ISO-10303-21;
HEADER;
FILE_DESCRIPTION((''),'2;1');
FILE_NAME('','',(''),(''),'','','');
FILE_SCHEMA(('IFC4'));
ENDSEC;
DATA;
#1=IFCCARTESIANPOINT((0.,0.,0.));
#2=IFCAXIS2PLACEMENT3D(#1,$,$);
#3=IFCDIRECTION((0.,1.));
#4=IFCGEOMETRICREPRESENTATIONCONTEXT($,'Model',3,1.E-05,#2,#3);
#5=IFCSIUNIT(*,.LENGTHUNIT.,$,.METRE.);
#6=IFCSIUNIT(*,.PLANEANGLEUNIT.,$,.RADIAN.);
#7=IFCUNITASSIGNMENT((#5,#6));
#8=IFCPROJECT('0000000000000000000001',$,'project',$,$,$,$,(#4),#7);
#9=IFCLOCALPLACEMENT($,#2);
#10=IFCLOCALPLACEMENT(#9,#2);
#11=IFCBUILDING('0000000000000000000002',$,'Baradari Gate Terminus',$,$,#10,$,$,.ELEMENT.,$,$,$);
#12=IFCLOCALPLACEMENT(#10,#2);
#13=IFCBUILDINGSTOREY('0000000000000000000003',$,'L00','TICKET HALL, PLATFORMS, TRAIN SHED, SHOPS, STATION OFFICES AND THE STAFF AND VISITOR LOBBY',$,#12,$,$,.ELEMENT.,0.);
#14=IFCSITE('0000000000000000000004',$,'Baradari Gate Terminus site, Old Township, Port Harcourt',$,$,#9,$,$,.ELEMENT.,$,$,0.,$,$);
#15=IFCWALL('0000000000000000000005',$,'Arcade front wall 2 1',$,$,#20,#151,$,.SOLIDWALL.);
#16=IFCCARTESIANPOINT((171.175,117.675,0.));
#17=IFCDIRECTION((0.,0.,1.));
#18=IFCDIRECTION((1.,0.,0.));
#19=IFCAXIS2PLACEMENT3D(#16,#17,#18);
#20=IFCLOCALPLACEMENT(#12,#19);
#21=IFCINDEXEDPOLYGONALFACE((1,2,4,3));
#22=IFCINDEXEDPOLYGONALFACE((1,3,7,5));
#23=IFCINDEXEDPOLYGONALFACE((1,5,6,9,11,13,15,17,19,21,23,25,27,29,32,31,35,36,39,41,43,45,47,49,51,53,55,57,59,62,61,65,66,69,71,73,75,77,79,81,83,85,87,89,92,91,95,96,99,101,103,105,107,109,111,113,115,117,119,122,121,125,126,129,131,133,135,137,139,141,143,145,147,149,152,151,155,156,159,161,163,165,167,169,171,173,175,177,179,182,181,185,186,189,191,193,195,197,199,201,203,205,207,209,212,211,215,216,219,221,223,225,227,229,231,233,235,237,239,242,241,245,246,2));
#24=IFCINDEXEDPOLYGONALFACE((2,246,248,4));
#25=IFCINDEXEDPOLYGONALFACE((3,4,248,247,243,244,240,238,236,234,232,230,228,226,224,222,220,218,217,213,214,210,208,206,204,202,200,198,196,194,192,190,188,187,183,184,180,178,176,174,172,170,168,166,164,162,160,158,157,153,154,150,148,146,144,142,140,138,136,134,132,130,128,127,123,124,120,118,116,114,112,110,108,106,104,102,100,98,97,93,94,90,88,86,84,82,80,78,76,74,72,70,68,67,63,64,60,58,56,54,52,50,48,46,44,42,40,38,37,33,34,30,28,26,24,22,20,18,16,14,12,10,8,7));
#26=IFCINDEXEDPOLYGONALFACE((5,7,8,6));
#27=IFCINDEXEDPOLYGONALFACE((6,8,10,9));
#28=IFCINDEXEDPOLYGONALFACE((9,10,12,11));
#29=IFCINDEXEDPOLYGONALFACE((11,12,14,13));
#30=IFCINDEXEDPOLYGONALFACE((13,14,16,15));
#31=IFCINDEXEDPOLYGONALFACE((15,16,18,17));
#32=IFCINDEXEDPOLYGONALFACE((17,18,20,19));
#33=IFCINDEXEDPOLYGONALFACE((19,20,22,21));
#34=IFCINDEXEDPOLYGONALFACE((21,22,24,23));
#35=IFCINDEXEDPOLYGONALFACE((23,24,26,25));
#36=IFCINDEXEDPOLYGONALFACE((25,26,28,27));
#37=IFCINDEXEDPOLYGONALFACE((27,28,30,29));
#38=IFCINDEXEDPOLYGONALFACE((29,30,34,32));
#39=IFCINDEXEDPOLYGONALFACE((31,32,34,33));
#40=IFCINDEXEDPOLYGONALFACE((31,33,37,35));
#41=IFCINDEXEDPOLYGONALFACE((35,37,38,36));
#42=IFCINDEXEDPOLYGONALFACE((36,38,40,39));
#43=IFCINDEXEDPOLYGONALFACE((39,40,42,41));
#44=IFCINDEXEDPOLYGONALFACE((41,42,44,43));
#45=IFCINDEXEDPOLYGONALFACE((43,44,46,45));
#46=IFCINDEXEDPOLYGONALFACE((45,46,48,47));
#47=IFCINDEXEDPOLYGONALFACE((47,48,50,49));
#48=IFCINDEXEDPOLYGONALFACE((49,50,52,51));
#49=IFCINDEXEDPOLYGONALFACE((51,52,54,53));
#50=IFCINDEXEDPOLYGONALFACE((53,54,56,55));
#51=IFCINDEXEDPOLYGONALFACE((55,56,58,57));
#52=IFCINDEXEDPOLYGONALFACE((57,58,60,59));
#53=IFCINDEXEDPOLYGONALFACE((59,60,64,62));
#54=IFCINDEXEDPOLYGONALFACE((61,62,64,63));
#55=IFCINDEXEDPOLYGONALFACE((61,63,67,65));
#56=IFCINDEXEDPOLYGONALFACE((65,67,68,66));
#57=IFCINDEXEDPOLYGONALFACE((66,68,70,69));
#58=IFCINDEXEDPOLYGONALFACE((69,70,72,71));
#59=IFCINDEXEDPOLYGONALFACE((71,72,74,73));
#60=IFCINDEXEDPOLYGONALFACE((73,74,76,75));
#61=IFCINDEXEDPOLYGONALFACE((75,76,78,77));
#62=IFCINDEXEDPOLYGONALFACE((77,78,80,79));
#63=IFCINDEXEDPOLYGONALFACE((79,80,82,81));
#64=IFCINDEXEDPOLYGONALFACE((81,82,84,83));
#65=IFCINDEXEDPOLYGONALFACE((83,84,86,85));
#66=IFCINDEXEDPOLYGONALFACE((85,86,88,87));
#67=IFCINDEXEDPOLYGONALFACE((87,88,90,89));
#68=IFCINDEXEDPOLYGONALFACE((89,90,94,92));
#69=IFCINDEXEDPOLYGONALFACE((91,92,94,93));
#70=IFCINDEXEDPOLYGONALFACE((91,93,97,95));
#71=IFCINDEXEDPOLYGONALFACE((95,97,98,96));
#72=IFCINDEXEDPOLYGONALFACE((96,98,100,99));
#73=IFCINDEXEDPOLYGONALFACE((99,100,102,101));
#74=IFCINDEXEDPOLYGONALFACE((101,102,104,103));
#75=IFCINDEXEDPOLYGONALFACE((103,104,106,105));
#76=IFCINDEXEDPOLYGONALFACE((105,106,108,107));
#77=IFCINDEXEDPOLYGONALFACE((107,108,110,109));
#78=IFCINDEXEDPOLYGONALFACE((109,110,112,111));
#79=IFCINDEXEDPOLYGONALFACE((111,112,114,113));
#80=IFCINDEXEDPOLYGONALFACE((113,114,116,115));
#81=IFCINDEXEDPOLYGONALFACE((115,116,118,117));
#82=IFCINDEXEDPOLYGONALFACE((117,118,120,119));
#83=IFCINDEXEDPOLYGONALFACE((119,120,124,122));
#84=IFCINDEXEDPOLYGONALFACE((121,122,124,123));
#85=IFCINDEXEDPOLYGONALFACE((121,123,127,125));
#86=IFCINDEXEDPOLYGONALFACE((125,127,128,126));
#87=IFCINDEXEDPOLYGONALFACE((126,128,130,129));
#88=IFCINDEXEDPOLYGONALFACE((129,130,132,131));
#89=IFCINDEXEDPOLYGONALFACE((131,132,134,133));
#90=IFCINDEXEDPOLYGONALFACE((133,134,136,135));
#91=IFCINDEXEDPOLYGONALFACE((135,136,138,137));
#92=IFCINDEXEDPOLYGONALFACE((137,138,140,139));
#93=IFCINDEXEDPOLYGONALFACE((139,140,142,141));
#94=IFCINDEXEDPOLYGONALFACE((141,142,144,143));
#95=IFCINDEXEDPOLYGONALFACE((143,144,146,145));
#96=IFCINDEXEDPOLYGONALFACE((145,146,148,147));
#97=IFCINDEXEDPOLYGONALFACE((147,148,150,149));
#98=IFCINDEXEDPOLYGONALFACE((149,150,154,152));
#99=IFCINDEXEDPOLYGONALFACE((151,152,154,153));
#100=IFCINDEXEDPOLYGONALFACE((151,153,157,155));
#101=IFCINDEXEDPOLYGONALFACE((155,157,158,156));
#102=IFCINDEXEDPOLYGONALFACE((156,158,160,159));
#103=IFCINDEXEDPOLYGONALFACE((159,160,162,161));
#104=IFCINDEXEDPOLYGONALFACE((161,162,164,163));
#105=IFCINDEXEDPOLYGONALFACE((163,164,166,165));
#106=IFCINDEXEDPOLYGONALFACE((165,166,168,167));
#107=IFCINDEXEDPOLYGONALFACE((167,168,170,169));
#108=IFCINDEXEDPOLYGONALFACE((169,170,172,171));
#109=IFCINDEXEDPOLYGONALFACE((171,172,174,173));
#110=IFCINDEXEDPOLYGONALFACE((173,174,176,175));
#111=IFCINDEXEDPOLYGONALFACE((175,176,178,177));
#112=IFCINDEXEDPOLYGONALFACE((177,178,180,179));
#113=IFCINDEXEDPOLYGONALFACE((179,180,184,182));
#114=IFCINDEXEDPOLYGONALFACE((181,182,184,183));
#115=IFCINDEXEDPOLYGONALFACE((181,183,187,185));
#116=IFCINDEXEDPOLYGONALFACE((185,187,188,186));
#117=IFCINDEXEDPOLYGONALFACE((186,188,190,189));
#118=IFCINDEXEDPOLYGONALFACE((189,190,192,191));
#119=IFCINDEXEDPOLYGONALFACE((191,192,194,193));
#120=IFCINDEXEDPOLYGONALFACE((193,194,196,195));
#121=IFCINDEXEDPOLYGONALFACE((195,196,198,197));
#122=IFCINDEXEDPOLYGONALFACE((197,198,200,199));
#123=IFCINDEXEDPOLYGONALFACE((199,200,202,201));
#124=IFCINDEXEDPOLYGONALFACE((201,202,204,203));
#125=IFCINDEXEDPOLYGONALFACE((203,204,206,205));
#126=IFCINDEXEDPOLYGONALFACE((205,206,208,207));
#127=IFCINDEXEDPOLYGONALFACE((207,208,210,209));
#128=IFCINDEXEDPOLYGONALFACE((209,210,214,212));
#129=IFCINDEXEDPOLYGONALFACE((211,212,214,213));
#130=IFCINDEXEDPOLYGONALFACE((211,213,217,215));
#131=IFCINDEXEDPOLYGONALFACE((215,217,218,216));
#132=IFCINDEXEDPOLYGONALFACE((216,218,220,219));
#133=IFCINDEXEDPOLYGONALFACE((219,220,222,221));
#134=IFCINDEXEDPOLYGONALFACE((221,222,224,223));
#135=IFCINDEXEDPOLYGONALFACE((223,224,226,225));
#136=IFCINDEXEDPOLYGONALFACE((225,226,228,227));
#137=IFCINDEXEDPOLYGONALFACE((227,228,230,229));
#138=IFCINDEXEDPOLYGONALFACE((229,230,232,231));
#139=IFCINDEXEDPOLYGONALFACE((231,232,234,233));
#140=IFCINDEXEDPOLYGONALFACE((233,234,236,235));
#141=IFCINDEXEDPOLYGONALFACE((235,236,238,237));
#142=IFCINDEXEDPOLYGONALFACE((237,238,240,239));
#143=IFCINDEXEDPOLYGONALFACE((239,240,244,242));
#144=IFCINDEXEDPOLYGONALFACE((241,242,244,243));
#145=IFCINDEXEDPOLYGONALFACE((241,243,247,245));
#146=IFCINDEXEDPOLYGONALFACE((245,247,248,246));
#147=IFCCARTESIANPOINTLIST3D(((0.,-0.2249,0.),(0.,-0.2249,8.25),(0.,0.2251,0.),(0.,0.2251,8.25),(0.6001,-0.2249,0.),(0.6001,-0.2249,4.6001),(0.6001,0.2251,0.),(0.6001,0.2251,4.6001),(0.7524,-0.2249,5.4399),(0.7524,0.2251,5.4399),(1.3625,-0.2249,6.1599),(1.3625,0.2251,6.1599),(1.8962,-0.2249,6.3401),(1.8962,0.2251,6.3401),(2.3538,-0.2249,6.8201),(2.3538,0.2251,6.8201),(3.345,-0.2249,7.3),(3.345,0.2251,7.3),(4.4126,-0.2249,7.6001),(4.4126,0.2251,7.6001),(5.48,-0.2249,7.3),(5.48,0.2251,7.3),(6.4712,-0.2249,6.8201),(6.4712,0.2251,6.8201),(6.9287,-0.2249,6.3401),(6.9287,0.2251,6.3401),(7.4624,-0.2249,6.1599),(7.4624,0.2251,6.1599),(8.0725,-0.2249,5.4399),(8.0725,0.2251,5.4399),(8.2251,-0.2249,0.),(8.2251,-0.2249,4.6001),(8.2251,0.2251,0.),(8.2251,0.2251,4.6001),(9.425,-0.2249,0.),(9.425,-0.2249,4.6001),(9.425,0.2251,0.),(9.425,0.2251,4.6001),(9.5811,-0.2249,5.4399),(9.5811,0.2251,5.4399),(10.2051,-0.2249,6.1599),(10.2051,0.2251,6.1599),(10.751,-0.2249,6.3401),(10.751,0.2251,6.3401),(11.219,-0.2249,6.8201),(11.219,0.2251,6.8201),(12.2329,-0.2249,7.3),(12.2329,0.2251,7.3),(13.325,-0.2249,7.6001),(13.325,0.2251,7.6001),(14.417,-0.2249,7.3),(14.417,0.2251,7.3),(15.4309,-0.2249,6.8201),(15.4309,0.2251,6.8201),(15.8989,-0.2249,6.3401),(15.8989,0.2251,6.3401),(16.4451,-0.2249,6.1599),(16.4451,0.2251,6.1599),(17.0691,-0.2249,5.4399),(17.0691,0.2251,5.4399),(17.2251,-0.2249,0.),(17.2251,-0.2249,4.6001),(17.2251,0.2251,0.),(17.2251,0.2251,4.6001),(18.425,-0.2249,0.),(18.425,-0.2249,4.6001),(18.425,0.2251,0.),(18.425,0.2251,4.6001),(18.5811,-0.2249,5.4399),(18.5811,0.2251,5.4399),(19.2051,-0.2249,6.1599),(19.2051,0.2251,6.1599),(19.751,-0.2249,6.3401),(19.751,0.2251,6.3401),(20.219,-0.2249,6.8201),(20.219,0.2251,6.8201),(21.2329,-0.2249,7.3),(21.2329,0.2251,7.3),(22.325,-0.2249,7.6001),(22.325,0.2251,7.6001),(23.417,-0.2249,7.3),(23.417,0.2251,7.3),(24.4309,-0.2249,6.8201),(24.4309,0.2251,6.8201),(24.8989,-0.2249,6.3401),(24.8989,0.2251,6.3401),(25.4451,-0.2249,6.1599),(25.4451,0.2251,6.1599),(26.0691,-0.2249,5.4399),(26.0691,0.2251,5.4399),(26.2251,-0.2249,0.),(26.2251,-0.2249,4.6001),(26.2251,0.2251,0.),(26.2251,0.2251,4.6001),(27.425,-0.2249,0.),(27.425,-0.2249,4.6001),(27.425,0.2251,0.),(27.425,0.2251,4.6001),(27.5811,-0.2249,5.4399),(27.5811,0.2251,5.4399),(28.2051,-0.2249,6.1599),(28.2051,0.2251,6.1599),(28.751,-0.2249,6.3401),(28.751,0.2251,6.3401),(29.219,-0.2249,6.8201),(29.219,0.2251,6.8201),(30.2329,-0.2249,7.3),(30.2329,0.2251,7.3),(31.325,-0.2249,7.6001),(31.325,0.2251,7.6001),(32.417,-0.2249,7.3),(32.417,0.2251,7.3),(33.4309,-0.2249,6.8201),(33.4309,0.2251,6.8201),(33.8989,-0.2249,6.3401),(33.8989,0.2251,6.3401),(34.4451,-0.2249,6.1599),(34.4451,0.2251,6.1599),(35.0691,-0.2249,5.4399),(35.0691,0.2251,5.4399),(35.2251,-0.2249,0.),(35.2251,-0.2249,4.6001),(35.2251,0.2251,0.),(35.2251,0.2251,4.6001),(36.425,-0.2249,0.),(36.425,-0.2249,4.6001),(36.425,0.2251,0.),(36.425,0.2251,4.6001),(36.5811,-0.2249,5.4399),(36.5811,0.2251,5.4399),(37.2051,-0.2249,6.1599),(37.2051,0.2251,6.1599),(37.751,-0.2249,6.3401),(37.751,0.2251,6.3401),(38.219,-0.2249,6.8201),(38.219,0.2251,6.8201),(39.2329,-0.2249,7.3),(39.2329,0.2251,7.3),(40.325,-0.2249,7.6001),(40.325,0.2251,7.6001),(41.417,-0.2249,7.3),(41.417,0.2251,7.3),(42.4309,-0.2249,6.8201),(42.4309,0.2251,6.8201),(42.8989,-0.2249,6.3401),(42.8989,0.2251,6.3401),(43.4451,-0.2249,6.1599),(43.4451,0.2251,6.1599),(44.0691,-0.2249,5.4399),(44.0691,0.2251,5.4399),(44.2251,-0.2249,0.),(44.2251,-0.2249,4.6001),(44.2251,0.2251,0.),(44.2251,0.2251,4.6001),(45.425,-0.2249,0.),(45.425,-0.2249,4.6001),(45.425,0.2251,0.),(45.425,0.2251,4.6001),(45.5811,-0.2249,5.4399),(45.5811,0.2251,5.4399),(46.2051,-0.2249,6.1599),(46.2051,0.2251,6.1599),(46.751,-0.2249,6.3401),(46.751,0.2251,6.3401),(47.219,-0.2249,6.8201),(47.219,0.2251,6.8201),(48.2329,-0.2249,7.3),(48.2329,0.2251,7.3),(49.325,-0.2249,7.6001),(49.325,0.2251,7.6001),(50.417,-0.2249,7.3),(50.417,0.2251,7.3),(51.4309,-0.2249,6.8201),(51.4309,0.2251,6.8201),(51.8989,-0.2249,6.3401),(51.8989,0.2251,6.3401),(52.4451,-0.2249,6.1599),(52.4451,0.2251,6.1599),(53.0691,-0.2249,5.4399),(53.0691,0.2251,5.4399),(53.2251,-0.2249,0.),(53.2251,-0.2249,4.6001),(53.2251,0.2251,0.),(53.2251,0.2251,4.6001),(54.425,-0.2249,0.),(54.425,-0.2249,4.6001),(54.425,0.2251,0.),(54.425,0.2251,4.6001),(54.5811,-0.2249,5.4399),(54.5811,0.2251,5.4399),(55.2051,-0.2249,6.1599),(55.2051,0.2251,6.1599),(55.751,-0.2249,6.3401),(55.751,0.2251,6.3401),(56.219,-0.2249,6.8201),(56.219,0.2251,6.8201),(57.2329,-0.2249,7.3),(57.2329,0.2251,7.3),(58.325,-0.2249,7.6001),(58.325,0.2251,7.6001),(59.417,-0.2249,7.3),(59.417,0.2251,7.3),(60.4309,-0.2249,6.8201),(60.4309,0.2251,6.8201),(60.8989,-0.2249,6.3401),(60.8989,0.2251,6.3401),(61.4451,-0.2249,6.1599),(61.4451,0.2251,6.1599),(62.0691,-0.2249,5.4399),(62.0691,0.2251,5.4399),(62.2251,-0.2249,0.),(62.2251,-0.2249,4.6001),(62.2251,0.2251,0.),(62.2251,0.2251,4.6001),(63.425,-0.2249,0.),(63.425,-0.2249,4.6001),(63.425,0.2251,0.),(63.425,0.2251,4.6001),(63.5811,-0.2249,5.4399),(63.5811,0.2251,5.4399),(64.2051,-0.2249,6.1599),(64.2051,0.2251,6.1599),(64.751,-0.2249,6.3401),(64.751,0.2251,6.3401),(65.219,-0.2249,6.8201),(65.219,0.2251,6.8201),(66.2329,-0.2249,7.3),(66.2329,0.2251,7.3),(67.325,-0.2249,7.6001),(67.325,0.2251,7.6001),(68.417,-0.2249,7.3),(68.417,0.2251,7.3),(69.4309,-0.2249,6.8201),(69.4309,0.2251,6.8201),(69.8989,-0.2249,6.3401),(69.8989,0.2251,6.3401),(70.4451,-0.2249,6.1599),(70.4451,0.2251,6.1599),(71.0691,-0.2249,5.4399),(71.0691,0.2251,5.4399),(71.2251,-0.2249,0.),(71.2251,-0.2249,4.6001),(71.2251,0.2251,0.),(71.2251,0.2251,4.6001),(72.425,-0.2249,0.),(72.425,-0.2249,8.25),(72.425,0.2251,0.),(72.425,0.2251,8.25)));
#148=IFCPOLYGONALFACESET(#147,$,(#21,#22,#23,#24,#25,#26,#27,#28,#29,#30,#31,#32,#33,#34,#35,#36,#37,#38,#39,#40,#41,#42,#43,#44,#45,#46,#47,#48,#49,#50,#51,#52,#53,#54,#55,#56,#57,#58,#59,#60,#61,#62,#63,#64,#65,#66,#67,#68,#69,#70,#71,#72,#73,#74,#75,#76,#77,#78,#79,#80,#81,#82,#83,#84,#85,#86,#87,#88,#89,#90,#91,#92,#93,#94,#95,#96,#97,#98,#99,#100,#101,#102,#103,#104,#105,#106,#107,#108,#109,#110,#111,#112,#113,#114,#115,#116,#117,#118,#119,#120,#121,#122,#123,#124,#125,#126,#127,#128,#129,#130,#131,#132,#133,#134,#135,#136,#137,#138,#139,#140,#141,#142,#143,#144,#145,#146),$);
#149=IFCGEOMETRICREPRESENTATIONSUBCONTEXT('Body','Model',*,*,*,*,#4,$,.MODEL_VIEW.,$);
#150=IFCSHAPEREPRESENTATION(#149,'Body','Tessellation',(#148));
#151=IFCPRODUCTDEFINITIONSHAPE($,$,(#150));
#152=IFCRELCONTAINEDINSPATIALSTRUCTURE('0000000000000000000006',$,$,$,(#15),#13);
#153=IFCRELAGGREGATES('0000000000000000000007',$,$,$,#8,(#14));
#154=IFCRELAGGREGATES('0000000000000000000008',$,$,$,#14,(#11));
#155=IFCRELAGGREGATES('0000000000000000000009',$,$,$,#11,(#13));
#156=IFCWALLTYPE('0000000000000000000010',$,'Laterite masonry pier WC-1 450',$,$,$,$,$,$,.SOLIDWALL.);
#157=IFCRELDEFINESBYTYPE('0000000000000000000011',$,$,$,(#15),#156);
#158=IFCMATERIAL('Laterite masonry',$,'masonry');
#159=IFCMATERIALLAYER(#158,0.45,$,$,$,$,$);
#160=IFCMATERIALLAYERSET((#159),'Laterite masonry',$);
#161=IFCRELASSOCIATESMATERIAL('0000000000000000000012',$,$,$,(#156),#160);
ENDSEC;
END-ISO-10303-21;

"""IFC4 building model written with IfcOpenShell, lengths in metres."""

from ifc_helpers import new_model, si_unit, direction, frame, origin, place, context, subcontext, project, spatial, polyline, outline, extrude, material, layer, layer_set, type_object, element, save


model = new_model("IFC4")

# Units and contexts
model_context = context("Model", 3, precision=1e-05, world=origin(), true_north=direction((0.0, 1.0)))
body_context = subcontext(model_context, "Body", "Model", "MODEL_VIEW")
ifc_project = project(units=[si_unit("LENGTHUNIT", "METRE"), si_unit("PLANEANGLEUNIT", "RADIAN")], contexts=[model_context])

# Site, building, storey
site_placement = place(None, origin())
site = spatial("IfcSite", under=ifc_project, at=site_placement, Name="Baradari Gate Terminus site, Old Township, Port Harcourt", CompositionType="ELEMENT", RefElevation=0.0)
building_placement = place(site_placement, origin())
building = spatial("IfcBuilding", under=site, at=building_placement, Name="Baradari Gate Terminus", CompositionType="ELEMENT")
storey_placement = place(building_placement, origin())
storey = spatial("IfcBuildingStorey", under=building, at=storey_placement, Name="L00", Description="TICKET HALL, PLATFORMS, TRAIN SHED, SHOPS, STATION OFFICES AND THE STAFF AND VISITOR LOBBY", CompositionType="ELEMENT", Elevation=0.0)

# Wall
ifc_material_1 = material(Name="Laterite masonry", Category="masonry")
ifc_layer_1 = layer(ifc_material_1, 0.45)
ifc_layer_set_1 = layer_set([ifc_layer_1], Name="Laterite masonry")
wall_type_1 = type_object("IfcWallType", Name="Laterite masonry pier WC-1 450", PredefinedType="SOLIDWALL", material=ifc_layer_set_1)
wall_1_placement = place(storey_placement, frame((171.175, 117.675, 0.0), z_axis=(0.0, 0.0, 1.0), x_axis=(1.0, 0.0, 0.0)))
element("IfcWall", 1, at=wall_1_placement, inside=storey, type_object=wall_type_1, Name="Arcade front wall 2 1", PredefinedType="SOLIDWALL", context=body_context, shape_type="SweptSolid", body=[
    extrude(outline(polyline([(0.6001, 0.0), (0.6001, 4.6001), (0.7524, 5.4399), (1.3625, 6.1599), (1.8962, 6.3401), (2.3538, 6.8201), (3.345, 7.3), (4.4126, 7.6001), (5.48, 7.3), (6.4712, 6.8201), (6.9287, 6.3401), (7.4624, 6.1599), (8.0725, 5.4399), (8.2251, 4.6001), (8.2251, 0.0), (9.425, 0.0), (9.425, 4.6001), (9.5811, 5.4399), (10.2051, 6.1599), (10.751, 6.3401), (11.219, 6.8201), (12.2329, 7.3), (13.325, 7.6001), (14.417, 7.3), (15.4309, 6.8201), (15.8989, 6.3401), (16.4451, 6.1599), (17.0691, 5.4399), (17.2251, 4.6001), (17.2251, 0.0), (18.425, 0.0), (18.425, 4.6001), (18.5811, 5.4399), (19.2051, 6.1599), (19.751, 6.3401), (20.219, 6.8201), (21.2329, 7.3), (22.325, 7.6001), (23.417, 7.3), (24.4309, 6.8201), (24.8989, 6.3401), (25.4451, 6.1599), (26.0691, 5.4399), (26.2251, 4.6001), (26.2251, 0.0), (27.425, 0.0), (27.425, 4.6001), (27.5811, 5.4399), (28.2051, 6.1599), (28.751, 6.3401), (29.219, 6.8201), (30.2329, 7.3), (31.325, 7.6001), (32.417, 7.3), (33.4309, 6.8201), (33.8989, 6.3401), (34.4451, 6.1599), (35.0691, 5.4399), (35.2251, 4.6001), (35.2251, 0.0), (36.425, 0.0), (36.425, 4.6001), (36.5811, 5.4399), (37.2051, 6.1599), (37.751, 6.3401), (38.219, 6.8201), (39.2329, 7.3), (40.325, 7.6001), (41.417, 7.3), (42.4309, 6.8201), (42.8989, 6.3401), (43.4451, 6.1599), (44.0691, 5.4399), (44.2251, 4.6001), (44.2251, 0.0), (45.425, 0.0), (45.425, 4.6001), (45.5811, 5.4399), (46.2051, 6.1599), (46.751, 6.3401), (47.219, 6.8201), (48.2329, 7.3), (49.325, 7.6001), (50.417, 7.3), (51.4309, 6.8201), (51.8989, 6.3401), (52.4451, 6.1599), (53.0691, 5.4399), (53.2251, 4.6001), (53.2251, 0.0), (54.425, 0.0), (54.425, 4.6001), (54.5811, 5.4399), (55.2051, 6.1599), (55.751, 6.3401), (56.219, 6.8201), (57.2329, 7.3), (58.325, 7.6001), (59.417, 7.3), (60.4309, 6.8201), (60.8989, 6.3401), (61.4451, 6.1599), (62.0691, 5.4399), (62.2251, 4.6001), (62.2251, 0.0), (63.425, 0.0), (63.425, 4.6001), (63.5811, 5.4399), (64.2051, 6.1599), (64.751, 6.3401), (65.219, 6.8201), (66.2329, 7.3), (67.325, 7.6001), (68.417, 7.3), (69.4309, 6.8201), (69.8989, 6.3401), (70.4451, 6.1599), (71.0691, 5.4399), (71.2251, 4.6001), (71.2251, 0.0), (72.425, 0.0), (72.425, 8.25), (0.0, 8.25), (0.0, 0.0), (0.6001, 0.0)])), frame((0.0, 0.2251, 0.0), z_axis=(0.0, -1.0, 0.0), x_axis=(1.0, 0.0, 0.0)), (0.0, 0.0, 1.0), 0.45),
])

save(model, "model.ifc")
